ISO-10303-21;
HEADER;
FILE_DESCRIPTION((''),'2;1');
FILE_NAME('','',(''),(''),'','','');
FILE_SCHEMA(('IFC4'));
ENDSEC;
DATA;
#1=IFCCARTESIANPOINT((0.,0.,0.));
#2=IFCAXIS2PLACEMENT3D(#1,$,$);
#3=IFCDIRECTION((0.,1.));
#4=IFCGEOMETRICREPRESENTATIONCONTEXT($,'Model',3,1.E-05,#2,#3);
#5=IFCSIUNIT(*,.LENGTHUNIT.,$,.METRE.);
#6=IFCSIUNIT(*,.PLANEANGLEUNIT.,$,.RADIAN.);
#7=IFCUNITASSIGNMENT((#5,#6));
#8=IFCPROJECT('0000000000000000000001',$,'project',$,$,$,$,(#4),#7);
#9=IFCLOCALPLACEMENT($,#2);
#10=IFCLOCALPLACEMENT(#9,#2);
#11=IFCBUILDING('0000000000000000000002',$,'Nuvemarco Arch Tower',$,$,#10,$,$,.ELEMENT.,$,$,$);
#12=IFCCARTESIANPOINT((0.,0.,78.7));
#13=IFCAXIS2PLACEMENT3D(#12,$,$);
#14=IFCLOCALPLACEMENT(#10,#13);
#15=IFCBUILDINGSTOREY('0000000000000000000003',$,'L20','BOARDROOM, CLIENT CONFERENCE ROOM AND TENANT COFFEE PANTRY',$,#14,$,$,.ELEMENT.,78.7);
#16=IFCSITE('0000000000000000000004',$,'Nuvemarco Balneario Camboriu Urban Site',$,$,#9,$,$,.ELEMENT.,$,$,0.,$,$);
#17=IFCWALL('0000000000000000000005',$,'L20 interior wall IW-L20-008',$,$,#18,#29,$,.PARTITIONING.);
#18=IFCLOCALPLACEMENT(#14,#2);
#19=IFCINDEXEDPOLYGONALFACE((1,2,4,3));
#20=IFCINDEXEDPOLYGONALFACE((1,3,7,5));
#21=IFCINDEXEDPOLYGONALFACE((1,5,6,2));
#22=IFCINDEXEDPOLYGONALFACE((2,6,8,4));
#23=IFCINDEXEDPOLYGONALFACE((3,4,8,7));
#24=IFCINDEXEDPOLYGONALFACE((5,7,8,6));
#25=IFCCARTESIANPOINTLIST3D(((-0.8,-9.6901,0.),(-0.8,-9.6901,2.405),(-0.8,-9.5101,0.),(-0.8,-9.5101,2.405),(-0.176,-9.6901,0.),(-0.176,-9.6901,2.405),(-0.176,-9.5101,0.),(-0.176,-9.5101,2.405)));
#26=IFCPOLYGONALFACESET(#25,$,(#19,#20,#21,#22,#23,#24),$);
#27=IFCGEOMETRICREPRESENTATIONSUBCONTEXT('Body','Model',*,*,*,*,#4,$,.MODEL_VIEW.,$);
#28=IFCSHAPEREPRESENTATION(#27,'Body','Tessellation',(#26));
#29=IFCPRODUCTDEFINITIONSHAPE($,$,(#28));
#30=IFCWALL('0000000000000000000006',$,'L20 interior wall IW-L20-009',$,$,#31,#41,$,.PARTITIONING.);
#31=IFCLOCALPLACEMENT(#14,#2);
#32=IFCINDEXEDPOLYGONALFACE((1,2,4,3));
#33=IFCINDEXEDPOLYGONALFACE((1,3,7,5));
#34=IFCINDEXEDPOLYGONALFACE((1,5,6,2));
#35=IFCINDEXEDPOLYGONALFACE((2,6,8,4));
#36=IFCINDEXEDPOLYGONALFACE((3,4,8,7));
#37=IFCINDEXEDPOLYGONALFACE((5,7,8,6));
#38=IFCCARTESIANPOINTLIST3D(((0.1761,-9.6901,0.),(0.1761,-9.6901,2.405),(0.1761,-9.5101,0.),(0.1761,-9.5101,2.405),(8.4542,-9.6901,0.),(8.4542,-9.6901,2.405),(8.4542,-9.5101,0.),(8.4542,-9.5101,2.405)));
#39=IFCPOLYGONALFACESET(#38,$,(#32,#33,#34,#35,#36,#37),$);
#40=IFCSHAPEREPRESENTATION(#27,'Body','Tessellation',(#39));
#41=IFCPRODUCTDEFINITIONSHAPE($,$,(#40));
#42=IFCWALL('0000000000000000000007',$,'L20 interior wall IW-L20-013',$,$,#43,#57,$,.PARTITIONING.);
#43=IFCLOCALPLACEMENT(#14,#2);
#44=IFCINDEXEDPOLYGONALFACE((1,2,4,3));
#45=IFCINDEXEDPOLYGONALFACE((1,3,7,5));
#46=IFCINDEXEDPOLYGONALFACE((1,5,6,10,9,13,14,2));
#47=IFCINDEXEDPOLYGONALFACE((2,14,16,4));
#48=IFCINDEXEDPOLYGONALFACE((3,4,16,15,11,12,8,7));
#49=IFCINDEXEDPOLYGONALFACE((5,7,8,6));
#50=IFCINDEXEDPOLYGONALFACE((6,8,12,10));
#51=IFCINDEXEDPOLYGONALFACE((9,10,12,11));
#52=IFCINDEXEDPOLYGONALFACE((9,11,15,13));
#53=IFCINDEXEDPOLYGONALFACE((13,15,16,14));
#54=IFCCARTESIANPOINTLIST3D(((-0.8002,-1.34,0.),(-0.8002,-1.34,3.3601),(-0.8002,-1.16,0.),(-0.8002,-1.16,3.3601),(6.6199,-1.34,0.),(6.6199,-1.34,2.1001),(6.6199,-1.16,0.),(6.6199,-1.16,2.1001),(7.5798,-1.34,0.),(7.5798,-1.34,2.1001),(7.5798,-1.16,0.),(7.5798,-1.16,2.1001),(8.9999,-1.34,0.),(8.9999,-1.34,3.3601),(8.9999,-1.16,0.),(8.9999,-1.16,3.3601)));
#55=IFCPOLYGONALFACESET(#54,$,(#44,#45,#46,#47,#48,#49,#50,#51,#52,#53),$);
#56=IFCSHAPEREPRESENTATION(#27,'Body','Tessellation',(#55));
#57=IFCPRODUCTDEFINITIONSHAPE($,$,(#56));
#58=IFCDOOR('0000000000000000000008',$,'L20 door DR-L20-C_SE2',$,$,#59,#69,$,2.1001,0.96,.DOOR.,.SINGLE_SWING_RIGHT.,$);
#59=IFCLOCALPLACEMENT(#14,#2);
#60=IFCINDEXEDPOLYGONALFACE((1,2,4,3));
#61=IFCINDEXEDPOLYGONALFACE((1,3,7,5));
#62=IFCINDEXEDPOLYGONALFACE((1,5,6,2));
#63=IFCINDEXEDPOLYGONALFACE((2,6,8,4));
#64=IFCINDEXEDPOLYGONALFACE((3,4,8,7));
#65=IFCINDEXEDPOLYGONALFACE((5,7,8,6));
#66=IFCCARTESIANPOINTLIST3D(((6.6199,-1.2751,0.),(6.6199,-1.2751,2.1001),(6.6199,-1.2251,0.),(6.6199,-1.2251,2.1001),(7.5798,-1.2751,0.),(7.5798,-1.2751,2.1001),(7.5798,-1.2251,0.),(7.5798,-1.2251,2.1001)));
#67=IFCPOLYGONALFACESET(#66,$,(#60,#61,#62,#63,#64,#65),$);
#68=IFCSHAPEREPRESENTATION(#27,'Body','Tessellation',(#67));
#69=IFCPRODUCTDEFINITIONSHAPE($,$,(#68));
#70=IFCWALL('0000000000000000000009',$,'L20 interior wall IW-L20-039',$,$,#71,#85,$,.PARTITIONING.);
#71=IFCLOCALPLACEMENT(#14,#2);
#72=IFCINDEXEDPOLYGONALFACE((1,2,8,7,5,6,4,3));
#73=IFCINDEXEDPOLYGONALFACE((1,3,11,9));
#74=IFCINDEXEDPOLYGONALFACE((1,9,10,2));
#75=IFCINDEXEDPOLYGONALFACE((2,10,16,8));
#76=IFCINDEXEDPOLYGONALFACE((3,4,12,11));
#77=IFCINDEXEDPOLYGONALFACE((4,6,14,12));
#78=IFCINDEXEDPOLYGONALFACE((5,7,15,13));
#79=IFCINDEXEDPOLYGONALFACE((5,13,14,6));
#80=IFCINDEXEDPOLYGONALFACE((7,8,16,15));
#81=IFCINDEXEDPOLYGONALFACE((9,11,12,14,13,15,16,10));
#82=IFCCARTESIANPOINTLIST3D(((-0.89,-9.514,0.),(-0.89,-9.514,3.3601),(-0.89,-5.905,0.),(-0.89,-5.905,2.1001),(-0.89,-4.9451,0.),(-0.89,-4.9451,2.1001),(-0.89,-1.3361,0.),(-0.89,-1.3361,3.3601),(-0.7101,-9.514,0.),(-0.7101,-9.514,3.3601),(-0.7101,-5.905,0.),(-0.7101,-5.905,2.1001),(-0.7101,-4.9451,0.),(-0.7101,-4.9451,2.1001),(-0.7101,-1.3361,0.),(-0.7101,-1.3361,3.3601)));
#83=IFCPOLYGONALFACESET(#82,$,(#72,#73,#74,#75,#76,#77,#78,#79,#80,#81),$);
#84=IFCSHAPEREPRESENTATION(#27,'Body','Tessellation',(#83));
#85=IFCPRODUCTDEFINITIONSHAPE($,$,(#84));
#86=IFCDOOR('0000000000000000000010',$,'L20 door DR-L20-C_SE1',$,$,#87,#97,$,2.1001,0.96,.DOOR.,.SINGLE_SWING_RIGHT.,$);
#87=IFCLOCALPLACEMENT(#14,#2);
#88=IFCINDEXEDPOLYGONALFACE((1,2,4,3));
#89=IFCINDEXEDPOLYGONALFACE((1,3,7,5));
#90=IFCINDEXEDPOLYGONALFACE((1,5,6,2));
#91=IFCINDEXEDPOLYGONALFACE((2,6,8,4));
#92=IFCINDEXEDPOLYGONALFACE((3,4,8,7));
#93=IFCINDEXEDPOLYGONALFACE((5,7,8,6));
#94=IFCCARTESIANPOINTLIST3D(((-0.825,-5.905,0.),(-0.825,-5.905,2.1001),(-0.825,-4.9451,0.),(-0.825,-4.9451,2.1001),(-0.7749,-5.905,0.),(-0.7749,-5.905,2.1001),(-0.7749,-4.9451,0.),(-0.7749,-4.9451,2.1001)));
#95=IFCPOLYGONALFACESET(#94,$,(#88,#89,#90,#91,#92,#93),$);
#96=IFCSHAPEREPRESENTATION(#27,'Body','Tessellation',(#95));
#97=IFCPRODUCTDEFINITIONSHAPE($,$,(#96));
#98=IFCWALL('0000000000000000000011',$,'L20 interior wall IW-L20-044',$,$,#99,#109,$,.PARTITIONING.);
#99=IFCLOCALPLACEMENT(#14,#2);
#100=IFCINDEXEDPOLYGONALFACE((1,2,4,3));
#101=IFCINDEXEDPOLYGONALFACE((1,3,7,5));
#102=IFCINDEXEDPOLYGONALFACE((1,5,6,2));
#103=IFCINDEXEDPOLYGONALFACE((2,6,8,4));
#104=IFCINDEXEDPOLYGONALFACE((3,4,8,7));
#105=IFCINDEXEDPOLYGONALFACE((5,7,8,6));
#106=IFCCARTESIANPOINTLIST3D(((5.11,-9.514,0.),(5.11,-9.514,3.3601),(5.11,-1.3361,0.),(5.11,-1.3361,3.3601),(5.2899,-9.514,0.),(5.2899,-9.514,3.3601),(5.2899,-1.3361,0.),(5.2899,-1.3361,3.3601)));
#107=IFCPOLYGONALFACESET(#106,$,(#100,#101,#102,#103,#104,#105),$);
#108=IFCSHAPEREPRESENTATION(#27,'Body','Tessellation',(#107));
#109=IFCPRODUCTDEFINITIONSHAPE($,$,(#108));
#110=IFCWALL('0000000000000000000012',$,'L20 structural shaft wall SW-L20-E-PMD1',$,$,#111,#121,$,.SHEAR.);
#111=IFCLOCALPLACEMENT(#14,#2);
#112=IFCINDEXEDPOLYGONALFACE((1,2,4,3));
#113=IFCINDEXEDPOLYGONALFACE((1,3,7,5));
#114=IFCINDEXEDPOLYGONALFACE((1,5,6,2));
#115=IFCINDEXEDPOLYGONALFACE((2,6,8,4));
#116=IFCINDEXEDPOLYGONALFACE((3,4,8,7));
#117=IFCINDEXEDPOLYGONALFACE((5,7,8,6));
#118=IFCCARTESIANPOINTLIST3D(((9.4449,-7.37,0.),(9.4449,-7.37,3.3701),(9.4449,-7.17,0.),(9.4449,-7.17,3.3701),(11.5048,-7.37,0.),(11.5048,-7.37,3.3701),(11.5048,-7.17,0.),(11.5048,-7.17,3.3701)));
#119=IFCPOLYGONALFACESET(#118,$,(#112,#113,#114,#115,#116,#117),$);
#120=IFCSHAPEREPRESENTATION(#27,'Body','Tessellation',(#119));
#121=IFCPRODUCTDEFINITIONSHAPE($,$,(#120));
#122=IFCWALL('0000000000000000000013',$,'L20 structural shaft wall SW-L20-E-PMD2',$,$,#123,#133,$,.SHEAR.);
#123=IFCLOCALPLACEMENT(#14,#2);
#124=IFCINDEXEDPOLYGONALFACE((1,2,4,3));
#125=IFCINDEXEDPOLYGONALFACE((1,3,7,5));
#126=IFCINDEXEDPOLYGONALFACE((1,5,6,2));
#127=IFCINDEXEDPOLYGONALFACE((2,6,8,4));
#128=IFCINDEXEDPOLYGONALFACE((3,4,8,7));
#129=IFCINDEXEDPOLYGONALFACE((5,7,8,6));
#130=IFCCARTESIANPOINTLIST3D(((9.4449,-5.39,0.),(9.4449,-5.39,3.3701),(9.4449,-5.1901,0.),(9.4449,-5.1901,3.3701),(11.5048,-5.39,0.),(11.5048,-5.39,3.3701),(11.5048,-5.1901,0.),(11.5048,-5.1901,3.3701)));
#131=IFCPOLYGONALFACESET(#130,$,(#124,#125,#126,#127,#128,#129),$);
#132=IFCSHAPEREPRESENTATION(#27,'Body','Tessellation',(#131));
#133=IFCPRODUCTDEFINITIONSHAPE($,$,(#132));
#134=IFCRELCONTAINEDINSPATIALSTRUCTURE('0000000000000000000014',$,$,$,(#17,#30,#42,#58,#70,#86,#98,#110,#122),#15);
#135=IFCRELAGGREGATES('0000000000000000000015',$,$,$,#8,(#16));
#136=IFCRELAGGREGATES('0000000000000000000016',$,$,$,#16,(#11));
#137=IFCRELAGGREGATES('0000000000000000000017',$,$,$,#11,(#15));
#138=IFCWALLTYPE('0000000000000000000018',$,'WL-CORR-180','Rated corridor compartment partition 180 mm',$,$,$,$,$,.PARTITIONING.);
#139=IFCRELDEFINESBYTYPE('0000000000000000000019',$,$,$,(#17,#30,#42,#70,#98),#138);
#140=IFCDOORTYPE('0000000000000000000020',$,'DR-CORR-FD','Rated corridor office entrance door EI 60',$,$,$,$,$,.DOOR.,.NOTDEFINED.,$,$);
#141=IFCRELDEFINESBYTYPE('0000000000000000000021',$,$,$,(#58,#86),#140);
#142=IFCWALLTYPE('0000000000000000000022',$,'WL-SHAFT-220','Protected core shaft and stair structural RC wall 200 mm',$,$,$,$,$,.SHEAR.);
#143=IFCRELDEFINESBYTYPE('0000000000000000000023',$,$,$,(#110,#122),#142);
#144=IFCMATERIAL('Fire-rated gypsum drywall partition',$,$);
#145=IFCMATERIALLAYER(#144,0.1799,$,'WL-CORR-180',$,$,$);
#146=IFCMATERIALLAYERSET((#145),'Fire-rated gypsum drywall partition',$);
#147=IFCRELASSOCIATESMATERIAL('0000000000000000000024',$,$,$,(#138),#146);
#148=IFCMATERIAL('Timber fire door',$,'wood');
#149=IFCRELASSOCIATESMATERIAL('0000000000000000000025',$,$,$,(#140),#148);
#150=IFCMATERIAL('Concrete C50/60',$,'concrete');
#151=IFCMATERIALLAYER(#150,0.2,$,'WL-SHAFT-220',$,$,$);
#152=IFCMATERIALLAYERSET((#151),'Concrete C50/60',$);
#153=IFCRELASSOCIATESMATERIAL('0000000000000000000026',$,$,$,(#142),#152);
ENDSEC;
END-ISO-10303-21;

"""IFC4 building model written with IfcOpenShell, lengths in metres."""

from ifc_helpers import new_model, si_unit, direction, frame, frame_2d, origin, place, context, subcontext, project, spatial, rectangle, extrude, source, transform, mapped, material, layer, layer_set, type_object, type_shapes, element, fill, save


model = new_model("IFC4")

# Units and contexts
model_context = context("Model", 3, precision=1e-05, world=origin(), true_north=direction((0.0, 1.0)))
body_context = subcontext(model_context, "Body", "Model", "MODEL_VIEW")
ifc_project = project(units=[si_unit("LENGTHUNIT", "METRE"), si_unit("PLANEANGLEUNIT", "RADIAN")], contexts=[model_context])

# Site, building, storey
site_placement = place(None, origin())
site = spatial("IfcSite", under=ifc_project, at=site_placement, Name="Nuvemarco Balneario Camboriu Urban Site", CompositionType="ELEMENT", RefElevation=0.0)
building_placement = place(site_placement, origin())
building = spatial("IfcBuilding", under=site, at=building_placement, Name="Nuvemarco Arch Tower", CompositionType="ELEMENT")
storey_placement = place(building_placement, frame((0.0, 0.0, 78.7)))
storey = spatial("IfcBuildingStorey", under=building, at=storey_placement, Name="L20", Description="BOARDROOM, CLIENT CONFERENCE ROOM AND TENANT COFFEE PANTRY", CompositionType="ELEMENT", Elevation=78.7)

# Shared definitions
ifc_material_1 = material(Name="Concrete C50/60", Category="concrete")

# Walls
ifc_material_2 = material(Name="Fire-rated gypsum drywall partition")
ifc_layer_1 = layer(ifc_material_2, 0.1799, Name="WL-CORR-180")
ifc_layer_set_1 = layer_set([ifc_layer_1], Name="Fire-rated gypsum drywall partition")
wall_type_1 = type_object("IfcWallType", Name="WL-CORR-180", Description="Rated corridor compartment partition 180 mm", PredefinedType="PARTITIONING", material=ifc_layer_set_1)
wall_1_placement = place(storey_placement, frame((-0.8, -9.6001, 0.0), z_axis=(0.0, 0.0, 1.0), x_axis=(1.0, 0.0, 0.0)))
element("IfcWall", 1, at=wall_1_placement, inside=storey, type_object=wall_type_1, Name="L20 interior wall IW-L20-008", PredefinedType="PARTITIONING", context=body_context, shape_type="SweptSolid", body=[
    extrude(rectangle(XDim=0.624, YDim=0.1799, at=frame_2d((0.312, 0.0))), origin(), (0.0, 0.0, 1.0), 2.405),
])
wall_2_placement = place(storey_placement, frame((0.176, -9.6001, 0.0), z_axis=(0.0, 0.0, 1.0), x_axis=(1.0, 0.0, 0.0)))
element("IfcWall", 2, at=wall_2_placement, inside=storey, type_object=wall_type_1, Name="L20 interior wall IW-L20-009", PredefinedType="PARTITIONING", context=body_context, shape_type="SweptSolid", body=[
    extrude(rectangle(XDim=8.2781, YDim=0.1799, at=frame_2d((4.1392, 0.0))), origin(), (0.0, 0.0, 1.0), 2.405),
])

# Walls, openings, doors
wall_3_placement = place(storey_placement, frame((-0.8, -1.25, 0.0), z_axis=(0.0, 0.0, 1.0), x_axis=(1.0, 0.0, 0.0)))
wall_3 = element("IfcWall", 3, at=wall_3_placement, inside=storey, type_object=wall_type_1, Name="L20 interior wall IW-L20-013", PredefinedType="PARTITIONING", context=body_context, shape_type="SweptSolid", body=[
    extrude(rectangle(XDim=9.8, YDim=0.1799, at=frame_2d((4.8999, 0.0))), origin(), (0.0, 0.0, 1.0), 3.3601),
])
opening_1_placement = place(wall_3_placement, frame((7.4199, 0.0, 0.0)))
opening_1 = element("IfcOpeningElement", 4, at=opening_1_placement, cuts=wall_3, PredefinedType="OPENING", context=body_context, shape_type="SweptSolid", body=[
    extrude(rectangle(XDim=0.96, YDim=2.1001, at=frame_2d((0.48, 1.05))), frame((0.0, 0.0999, 0.0), z_axis=(0.0, -1.0, 0.0), x_axis=(1.0, 0.0, 0.0)), (0.0, 0.0, 1.0), 0.2),
])
ifc_material_3 = material(Name="Timber fire door", Category="wood")
door_type_1 = type_object("IfcDoorType", Name="DR-CORR-FD", Description="Rated corridor office entrance door EI 60", OperationType="NOTDEFINED", PredefinedType="DOOR", material=ifc_material_3)
shared_shape_1 = source(origin(), body_context, "Body", "SweptSolid", [
    extrude(rectangle(XDim=0.96, YDim=2.1001, at=frame_2d((0.48, 1.05))), frame((0.0, 0.0249, 0.0), z_axis=(0.0, -1.0, 0.0), x_axis=(1.0, 0.0, 0.0)), (0.0, 0.0, 1.0), 0.05),
])
type_shapes(door_type_1, [shared_shape_1])
door_1_placement = place(opening_1_placement, origin())
door_1 = element("IfcDoor", 5, at=door_1_placement, inside=storey, type_object=door_type_1, Name="L20 door DR-L20-C_SE2", OperationType="SINGLE_SWING_RIGHT", OverallHeight=2.1001, OverallWidth=0.96, PredefinedType="DOOR", context=body_context, shape_type="MappedRepresentation", body=[
    mapped(shared_shape_1, transform((0.0, 0.0, 0.0), scale=1.0)),
])
fill(opening_1, door_1)
wall_4_placement = place(storey_placement, frame((-0.8, -9.5139, 0.0), z_axis=(0.0, 0.0, 1.0), x_axis=(0.0, 1.0, 0.0)))
wall_4 = element("IfcWall", 6, at=wall_4_placement, inside=storey, type_object=wall_type_1, Name="L20 interior wall IW-L20-039", PredefinedType="PARTITIONING", context=body_context, shape_type="SweptSolid", body=[
    extrude(rectangle(XDim=8.178, YDim=0.1799, at=frame_2d((4.0889, 0.0))), origin(), (0.0, 0.0, 1.0), 3.3601),
])
opening_2_placement = place(wall_4_placement, frame((3.6089, 0.0, 0.0)))
opening_2 = element("IfcOpeningElement", 7, at=opening_2_placement, cuts=wall_4, PredefinedType="OPENING", context=body_context, shape_type="SweptSolid", body=[
    extrude(rectangle(XDim=0.96, YDim=2.1001, at=frame_2d((0.48, 1.05))), frame((0.0, 0.0999, 0.0), z_axis=(0.0, -1.0, 0.0), x_axis=(1.0, 0.0, 0.0)), (0.0, 0.0, 1.0), 0.2),
])
door_2_placement = place(opening_2_placement, origin())
door_2 = element("IfcDoor", 8, at=door_2_placement, inside=storey, type_object=door_type_1, Name="L20 door DR-L20-C_SE1", OperationType="SINGLE_SWING_RIGHT", OverallHeight=2.1001, OverallWidth=0.96, PredefinedType="DOOR", context=body_context, shape_type="MappedRepresentation", body=[
    mapped(shared_shape_1, transform((0.0, 0.0, 0.0), scale=1.0)),
])
fill(opening_2, door_2)

# Walls
wall_5_placement = place(storey_placement, frame((5.2, -9.5139, 0.0), z_axis=(0.0, 0.0, 1.0), x_axis=(0.0, 1.0, 0.0)))
element("IfcWall", 9, at=wall_5_placement, inside=storey, type_object=wall_type_1, Name="L20 interior wall IW-L20-044", PredefinedType="PARTITIONING", context=body_context, shape_type="SweptSolid", body=[
    extrude(rectangle(XDim=8.178, YDim=0.1799, at=frame_2d((4.0889, 0.0))), origin(), (0.0, 0.0, 1.0), 3.3601),
])
ifc_layer_2 = layer(ifc_material_1, 0.2, Name="WL-SHAFT-220")
ifc_layer_set_2 = layer_set([ifc_layer_2], Name="Concrete C50/60")
wall_type_2 = type_object("IfcWallType", Name="WL-SHAFT-220", Description="Protected core shaft and stair structural RC wall 200 mm", PredefinedType="SHEAR", material=ifc_layer_set_2)
for number, where, z_axis, x_axis, name in (
    (10, (9.4451, -7.27, 0.0), (0.0, 0.0, 1.0), (1.0, 0.0, 0.0), "L20 structural shaft wall SW-L20-E-PMD1"),
    (11, (9.4451, -5.29, 0.0), (0.0, 0.0, 1.0), (1.0, 0.0, 0.0), "L20 structural shaft wall SW-L20-E-PMD2"),
):
    element("IfcWall", number, at=place(storey_placement, frame(where, z_axis=z_axis, x_axis=x_axis)), inside=storey, type_object=wall_type_2, Name=name, PredefinedType="SHEAR", context=body_context, shape_type="SweptSolid", body=[
        extrude(rectangle(XDim=2.0598, YDim=0.2, at=frame_2d((1.0298, 0.0))), origin(), (0.0, 0.0, 1.0), 3.3701),
    ])

save(model, "model.ifc")
